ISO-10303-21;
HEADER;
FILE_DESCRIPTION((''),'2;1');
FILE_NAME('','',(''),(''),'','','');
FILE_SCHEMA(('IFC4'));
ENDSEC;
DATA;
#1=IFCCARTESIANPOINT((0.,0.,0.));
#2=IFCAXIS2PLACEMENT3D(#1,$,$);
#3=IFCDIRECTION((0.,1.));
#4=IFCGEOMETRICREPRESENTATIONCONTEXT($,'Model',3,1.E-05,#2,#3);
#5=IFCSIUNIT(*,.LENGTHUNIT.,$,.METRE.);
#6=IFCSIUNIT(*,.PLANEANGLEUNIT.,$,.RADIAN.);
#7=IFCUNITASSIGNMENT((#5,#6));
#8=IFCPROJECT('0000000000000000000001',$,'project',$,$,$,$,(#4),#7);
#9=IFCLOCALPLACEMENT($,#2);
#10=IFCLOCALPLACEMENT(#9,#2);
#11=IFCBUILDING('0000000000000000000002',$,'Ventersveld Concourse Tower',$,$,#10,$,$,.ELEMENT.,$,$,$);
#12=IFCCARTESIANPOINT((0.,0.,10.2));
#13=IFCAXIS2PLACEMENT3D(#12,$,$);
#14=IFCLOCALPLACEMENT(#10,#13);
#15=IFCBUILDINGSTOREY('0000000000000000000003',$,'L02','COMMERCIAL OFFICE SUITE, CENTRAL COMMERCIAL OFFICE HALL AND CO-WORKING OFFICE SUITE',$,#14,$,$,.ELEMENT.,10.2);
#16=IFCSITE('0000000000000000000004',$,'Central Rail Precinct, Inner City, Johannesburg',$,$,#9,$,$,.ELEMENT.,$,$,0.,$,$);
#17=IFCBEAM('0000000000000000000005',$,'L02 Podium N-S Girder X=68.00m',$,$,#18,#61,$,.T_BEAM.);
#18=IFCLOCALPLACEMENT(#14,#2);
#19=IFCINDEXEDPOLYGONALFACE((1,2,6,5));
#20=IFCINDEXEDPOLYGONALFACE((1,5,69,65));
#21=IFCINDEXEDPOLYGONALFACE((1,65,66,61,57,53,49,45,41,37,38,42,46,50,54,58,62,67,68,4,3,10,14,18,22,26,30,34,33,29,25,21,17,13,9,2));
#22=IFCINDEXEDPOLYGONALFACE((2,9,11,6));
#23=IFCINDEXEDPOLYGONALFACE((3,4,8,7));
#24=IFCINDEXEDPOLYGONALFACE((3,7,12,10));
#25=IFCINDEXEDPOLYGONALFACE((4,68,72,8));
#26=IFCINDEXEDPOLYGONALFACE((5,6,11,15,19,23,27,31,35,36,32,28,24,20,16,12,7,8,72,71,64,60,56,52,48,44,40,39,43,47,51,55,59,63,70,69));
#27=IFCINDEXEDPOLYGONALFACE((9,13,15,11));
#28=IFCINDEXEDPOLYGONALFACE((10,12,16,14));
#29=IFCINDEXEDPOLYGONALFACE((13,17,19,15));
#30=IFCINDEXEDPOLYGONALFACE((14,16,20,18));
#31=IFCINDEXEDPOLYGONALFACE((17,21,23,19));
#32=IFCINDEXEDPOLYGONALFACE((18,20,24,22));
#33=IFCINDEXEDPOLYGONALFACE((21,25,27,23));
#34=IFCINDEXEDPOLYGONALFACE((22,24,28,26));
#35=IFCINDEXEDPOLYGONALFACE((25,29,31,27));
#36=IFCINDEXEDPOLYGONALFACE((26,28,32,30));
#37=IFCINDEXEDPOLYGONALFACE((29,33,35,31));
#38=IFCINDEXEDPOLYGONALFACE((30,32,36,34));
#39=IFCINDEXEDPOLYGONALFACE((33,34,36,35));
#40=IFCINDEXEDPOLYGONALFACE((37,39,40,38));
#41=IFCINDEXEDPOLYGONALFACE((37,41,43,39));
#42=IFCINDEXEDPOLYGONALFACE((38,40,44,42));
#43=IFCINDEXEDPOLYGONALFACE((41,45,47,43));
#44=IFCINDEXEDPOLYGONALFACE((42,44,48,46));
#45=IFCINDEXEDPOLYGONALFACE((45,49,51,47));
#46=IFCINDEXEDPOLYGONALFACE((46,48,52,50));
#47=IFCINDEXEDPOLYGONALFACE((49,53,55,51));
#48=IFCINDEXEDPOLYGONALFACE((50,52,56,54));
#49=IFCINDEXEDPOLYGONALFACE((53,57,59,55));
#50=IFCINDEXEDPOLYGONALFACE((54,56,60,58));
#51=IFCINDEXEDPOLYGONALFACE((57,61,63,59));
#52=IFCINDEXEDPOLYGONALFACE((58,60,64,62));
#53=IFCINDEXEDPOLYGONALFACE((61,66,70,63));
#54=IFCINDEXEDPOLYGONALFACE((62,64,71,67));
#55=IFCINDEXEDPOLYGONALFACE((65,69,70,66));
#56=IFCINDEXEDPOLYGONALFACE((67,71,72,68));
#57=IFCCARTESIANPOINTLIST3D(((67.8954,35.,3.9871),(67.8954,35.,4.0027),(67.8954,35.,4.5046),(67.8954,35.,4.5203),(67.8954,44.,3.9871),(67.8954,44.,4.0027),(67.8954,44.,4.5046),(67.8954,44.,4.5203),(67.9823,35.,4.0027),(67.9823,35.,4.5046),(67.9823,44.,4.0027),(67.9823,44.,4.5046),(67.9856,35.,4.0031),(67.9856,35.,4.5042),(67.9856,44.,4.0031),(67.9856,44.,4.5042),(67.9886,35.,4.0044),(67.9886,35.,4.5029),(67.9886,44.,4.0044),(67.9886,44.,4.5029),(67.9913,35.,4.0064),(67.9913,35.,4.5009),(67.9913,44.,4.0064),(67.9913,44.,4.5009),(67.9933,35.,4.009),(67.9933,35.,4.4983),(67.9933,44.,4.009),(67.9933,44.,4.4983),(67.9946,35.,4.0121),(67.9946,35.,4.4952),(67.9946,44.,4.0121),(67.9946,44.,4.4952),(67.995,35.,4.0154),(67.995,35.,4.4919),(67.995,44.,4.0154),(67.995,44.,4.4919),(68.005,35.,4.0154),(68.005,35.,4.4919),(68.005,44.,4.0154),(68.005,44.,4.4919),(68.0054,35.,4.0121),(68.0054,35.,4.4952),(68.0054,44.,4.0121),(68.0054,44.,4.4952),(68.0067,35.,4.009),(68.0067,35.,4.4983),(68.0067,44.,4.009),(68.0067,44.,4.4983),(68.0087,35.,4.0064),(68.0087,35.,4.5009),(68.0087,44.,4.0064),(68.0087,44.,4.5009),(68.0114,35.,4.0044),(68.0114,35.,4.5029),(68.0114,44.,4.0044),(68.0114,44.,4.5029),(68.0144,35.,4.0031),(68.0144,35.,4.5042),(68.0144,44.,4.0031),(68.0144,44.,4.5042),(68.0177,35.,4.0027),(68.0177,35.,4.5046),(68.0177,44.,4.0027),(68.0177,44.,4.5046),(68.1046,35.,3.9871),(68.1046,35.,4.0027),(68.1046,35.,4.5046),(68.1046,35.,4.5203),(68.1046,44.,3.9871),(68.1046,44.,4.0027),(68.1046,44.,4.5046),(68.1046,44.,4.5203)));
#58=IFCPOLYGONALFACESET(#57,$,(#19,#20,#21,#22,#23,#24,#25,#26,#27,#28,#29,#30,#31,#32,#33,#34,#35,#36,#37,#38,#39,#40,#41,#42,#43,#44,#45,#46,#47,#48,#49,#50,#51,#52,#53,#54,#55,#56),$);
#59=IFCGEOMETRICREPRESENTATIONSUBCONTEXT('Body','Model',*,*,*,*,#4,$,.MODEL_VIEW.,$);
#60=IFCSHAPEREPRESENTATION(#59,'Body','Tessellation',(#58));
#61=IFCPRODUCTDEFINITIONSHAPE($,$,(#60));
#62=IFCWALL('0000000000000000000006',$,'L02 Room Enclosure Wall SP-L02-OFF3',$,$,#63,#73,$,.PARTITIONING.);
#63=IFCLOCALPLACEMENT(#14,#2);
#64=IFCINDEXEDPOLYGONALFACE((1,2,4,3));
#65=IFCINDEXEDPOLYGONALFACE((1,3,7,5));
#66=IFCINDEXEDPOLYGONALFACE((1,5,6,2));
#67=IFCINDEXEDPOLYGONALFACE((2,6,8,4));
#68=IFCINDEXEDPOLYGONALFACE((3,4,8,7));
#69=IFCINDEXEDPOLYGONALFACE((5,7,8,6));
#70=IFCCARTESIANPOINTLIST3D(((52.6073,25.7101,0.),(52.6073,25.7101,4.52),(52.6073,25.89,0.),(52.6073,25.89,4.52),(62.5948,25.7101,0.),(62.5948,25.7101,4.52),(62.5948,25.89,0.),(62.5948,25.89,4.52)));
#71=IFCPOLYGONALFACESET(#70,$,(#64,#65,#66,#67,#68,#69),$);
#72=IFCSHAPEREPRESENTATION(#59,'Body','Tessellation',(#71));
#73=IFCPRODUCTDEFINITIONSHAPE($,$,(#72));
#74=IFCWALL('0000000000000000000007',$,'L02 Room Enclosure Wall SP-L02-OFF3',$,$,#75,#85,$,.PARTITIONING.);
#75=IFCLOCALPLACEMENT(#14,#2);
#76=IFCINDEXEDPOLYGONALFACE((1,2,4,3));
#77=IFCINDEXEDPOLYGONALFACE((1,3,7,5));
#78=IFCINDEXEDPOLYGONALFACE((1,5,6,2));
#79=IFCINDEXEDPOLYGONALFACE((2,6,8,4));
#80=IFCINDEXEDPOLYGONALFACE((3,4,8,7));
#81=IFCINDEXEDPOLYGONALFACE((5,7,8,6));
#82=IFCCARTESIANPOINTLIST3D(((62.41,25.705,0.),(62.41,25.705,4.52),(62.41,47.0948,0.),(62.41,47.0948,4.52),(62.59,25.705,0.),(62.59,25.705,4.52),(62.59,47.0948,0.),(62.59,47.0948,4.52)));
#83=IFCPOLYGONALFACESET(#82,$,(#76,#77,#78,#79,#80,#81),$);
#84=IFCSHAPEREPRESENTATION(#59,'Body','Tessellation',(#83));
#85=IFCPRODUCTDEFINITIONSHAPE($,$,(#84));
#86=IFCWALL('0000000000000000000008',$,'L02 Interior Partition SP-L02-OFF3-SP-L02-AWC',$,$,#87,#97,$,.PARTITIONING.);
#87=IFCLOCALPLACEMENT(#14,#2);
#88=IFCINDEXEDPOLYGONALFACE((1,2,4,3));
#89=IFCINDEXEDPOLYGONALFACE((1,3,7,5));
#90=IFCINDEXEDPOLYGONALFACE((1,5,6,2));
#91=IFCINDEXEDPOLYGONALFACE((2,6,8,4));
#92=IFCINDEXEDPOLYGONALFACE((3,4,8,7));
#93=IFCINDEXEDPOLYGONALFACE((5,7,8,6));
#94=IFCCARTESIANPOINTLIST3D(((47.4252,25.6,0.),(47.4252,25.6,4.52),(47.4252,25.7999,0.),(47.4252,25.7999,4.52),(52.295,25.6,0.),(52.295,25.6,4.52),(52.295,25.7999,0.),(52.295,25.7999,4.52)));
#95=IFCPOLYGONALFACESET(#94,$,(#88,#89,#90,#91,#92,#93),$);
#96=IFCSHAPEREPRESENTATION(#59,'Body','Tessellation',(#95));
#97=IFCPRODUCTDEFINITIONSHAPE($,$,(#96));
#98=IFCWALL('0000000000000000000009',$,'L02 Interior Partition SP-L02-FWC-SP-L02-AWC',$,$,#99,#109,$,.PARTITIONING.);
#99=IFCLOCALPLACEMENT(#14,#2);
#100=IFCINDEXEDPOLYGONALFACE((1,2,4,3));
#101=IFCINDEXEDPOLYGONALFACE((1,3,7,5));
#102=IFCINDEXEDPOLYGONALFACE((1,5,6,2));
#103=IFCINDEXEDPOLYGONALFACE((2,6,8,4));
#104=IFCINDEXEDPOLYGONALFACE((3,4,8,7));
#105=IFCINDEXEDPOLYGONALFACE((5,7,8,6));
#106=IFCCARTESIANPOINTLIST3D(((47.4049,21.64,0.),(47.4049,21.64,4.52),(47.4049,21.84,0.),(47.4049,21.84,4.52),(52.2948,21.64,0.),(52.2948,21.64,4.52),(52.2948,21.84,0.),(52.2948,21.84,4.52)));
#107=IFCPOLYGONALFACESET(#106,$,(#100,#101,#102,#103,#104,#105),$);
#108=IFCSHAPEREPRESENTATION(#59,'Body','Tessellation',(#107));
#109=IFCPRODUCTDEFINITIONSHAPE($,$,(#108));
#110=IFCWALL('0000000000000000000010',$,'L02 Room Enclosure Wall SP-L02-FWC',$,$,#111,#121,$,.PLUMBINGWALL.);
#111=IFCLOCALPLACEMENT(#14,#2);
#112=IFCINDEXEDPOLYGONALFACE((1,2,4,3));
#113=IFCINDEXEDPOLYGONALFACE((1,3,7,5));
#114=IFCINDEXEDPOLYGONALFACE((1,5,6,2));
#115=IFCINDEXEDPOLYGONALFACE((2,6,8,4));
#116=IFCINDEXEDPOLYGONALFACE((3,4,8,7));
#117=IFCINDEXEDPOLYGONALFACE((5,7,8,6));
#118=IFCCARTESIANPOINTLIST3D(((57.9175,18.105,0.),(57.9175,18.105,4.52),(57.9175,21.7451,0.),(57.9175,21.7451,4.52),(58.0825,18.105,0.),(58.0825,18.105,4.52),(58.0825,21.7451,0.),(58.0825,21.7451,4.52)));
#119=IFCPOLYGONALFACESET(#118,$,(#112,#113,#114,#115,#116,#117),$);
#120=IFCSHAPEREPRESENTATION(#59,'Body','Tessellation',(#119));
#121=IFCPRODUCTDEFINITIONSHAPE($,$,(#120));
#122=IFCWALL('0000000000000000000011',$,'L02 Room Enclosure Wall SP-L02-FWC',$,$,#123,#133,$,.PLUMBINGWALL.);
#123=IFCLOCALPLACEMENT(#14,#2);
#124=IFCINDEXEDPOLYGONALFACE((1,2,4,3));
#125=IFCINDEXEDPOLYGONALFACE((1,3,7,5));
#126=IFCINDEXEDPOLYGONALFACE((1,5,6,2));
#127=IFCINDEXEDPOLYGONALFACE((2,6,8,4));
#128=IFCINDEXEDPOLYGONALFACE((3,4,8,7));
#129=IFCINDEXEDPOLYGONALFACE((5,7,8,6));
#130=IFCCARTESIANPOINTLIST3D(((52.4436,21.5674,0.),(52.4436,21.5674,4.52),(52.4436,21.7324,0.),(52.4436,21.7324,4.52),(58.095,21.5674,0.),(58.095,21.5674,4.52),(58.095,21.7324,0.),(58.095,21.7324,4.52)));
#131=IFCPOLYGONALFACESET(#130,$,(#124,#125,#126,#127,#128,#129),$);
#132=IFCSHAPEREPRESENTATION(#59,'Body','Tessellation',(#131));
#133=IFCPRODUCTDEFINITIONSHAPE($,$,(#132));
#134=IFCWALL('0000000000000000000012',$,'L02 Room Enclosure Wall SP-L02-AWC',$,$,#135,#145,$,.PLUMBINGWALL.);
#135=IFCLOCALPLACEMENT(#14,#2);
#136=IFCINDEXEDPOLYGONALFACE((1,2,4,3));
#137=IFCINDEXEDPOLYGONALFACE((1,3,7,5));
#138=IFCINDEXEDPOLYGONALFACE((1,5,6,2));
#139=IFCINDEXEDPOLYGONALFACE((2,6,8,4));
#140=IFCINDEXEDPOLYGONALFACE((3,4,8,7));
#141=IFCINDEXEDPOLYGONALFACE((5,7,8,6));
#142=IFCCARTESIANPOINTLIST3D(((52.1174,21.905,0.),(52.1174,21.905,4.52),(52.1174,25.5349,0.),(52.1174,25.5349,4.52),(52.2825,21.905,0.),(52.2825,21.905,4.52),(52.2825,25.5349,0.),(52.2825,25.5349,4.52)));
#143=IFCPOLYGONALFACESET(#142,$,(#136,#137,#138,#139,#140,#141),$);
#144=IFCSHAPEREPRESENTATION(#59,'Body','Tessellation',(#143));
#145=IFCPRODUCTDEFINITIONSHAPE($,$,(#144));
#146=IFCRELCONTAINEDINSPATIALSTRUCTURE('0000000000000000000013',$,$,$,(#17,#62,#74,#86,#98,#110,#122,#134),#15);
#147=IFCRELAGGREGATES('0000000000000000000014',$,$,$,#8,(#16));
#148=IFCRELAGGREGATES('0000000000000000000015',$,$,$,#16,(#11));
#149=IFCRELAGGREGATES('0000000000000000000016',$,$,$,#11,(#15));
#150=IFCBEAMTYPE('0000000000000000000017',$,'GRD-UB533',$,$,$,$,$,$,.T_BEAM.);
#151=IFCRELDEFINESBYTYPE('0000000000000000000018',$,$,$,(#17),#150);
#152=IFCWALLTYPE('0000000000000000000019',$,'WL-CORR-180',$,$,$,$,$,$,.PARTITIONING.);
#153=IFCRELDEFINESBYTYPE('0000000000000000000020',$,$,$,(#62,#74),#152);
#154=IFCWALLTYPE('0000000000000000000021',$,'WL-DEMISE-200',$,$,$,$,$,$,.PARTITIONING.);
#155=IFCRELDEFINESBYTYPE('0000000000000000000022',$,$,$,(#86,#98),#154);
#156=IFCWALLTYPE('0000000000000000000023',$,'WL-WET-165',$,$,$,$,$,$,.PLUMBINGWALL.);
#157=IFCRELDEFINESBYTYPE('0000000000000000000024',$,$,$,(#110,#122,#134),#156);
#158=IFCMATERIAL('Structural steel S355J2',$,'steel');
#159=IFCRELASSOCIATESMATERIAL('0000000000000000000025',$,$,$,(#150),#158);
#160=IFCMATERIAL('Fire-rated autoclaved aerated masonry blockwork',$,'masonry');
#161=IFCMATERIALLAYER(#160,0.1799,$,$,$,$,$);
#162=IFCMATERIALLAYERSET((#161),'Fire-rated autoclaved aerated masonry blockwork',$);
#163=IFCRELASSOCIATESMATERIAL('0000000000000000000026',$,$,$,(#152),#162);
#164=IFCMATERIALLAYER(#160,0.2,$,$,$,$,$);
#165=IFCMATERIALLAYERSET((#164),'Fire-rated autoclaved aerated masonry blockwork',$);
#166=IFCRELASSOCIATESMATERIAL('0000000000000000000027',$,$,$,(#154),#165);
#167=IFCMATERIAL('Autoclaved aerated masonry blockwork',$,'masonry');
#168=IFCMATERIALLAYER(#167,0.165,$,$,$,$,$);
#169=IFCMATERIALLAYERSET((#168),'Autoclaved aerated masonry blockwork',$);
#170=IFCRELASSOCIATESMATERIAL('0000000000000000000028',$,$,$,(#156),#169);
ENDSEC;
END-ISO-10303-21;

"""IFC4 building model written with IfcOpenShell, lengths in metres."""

from ifc_helpers import new_model, si_unit, direction, frame, frame_2d, origin, origin_2d, place, context, subcontext, project, spatial, rectangle, i_section, extrude, material, layer, layer_set, material_profile, profile_set, type_object, element, save


model = new_model("IFC4")

# Units and contexts
model_context = context("Model", 3, precision=1e-05, world=origin(), true_north=direction((0.0, 1.0)))
body_context = subcontext(model_context, "Body", "Model", "MODEL_VIEW")
ifc_project = project(units=[si_unit("LENGTHUNIT", "METRE"), si_unit("PLANEANGLEUNIT", "RADIAN")], contexts=[model_context])

# Site, building, storey
site_placement = place(None, origin())
site = spatial("IfcSite", under=ifc_project, at=site_placement, Name="Central Rail Precinct, Inner City, Johannesburg", CompositionType="ELEMENT", RefElevation=0.0)
building_placement = place(site_placement, origin())
building = spatial("IfcBuilding", under=site, at=building_placement, Name="Ventersveld Concourse Tower", CompositionType="ELEMENT")
storey_placement = place(building_placement, frame((0.0, 0.0, 10.2)))
storey = spatial("IfcBuildingStorey", under=building, at=storey_placement, Name="L02", Description="COMMERCIAL OFFICE SUITE, CENTRAL COMMERCIAL OFFICE HALL AND CO-WORKING OFFICE SUITE", CompositionType="ELEMENT", Elevation=10.2)

# Beam
ifc_material_1 = material(Name="Structural steel S355J2", Category="steel")
ifc_material_profile_1 = material_profile(ifc_material_1, i_section(OverallWidth=0.2092, OverallDepth=0.5332, WebThickness=0.01, FlangeThickness=0.0156, FilletRadius=0.0127, at=origin_2d()), Name="UB 533x210x92")
ifc_profile_set_1 = profile_set([ifc_material_profile_1], Name="Structural steel S355J2")
beam_type_1 = type_object("IfcBeamType", Name="GRD-UB533", PredefinedType="T_BEAM", material=ifc_profile_set_1)
beam_1_placement = place(storey_placement, frame((68.0, 35.0, 4.2537), z_axis=(0.0, 1.0, 0.0), x_axis=(-1.0, 0.0, 0.0)))
element("IfcBeam", 1, at=beam_1_placement, inside=storey, type_object=beam_type_1, Name="L02 Podium N-S Girder X=68.00m", PredefinedType="T_BEAM", context=body_context, shape_type="SweptSolid", body=[
    extrude(i_section(OverallWidth=0.2092, OverallDepth=0.5332, WebThickness=0.01, FlangeThickness=0.0156, FilletRadius=0.0127, at=origin_2d()), origin(), (0.0, 0.0, 1.0), 9.0),
])

# Shared definitions
ifc_material_2 = material(Name="Fire-rated autoclaved aerated masonry blockwork", Category="masonry")
ifc_layer_1 = layer(ifc_material_2, 0.1799)
ifc_layer_set_1 = layer_set([ifc_layer_1], Name="Fire-rated autoclaved aerated masonry blockwork")
wall_type_1 = type_object("IfcWallType", Name="WL-CORR-180", PredefinedType="PARTITIONING", material=ifc_layer_set_1)

# Walls
wall_1_placement = place(storey_placement, frame((52.6074, 25.8, 0.0), z_axis=(0.0, 0.0, 1.0), x_axis=(1.0, 0.0, 0.0)))
element("IfcWall", 2, at=wall_1_placement, inside=storey, type_object=wall_type_1, Name="L02 Room Enclosure Wall SP-L02-OFF3", PredefinedType="PARTITIONING", context=body_context, shape_type="SweptSolid", body=[
    extrude(rectangle(XDim=9.9875, YDim=0.1799, at=frame_2d((4.9937, 0.0))), origin(), (0.0, 0.0, 1.0), 4.52),
])
wall_2_placement = place(storey_placement, frame((62.5, 25.7051, 0.0), z_axis=(0.0, 0.0, 1.0), x_axis=(0.0, 1.0, 0.0)))
element("IfcWall", 3, at=wall_2_placement, inside=storey, type_object=wall_type_1, Name="L02 Room Enclosure Wall SP-L02-OFF3", PredefinedType="PARTITIONING", context=body_context, shape_type="SweptSolid", body=[
    extrude(rectangle(XDim=21.3899, YDim=0.1799, at=frame_2d((10.6948, 0.0))), origin(), (0.0, 0.0, 1.0), 4.52),
])
ifc_layer_2 = layer(ifc_material_2, 0.2)
ifc_layer_set_2 = layer_set([ifc_layer_2], Name="Fire-rated autoclaved aerated masonry blockwork")
wall_type_2 = type_object("IfcWallType", Name="WL-DEMISE-200", PredefinedType="PARTITIONING", material=ifc_layer_set_2)
wall_3_placement = place(storey_placement, frame((47.425, 25.7, 0.0), z_axis=(0.0, 0.0, 1.0), x_axis=(1.0, 0.0, 0.0)))
element("IfcWall", 4, at=wall_3_placement, inside=storey, type_object=wall_type_2, Name="L02 Interior Partition SP-L02-OFF3-SP-L02-AWC", PredefinedType="PARTITIONING", context=body_context, shape_type="SweptSolid", body=[
    extrude(rectangle(XDim=4.8699, YDim=0.2, at=frame_2d((2.4351, 0.0))), origin(), (0.0, 0.0, 1.0), 4.52),
])
wall_4_placement = place(storey_placement, frame((47.405, 21.74, 0.0), z_axis=(0.0, 0.0, 1.0), x_axis=(1.0, 0.0, 0.0)))
element("IfcWall", 5, at=wall_4_placement, inside=storey, type_object=wall_type_2, Name="L02 Interior Partition SP-L02-FWC-SP-L02-AWC", PredefinedType="PARTITIONING", context=body_context, shape_type="SweptSolid", body=[
    extrude(rectangle(XDim=4.8899, YDim=0.2, at=frame_2d((2.4448, 0.0))), origin(), (0.0, 0.0, 1.0), 4.52),
])
ifc_material_3 = material(Name="Autoclaved aerated masonry blockwork", Category="masonry")
ifc_layer_3 = layer(ifc_material_3, 0.165)
ifc_layer_set_3 = layer_set([ifc_layer_3], Name="Autoclaved aerated masonry blockwork")
wall_type_3 = type_object("IfcWallType", Name="WL-WET-165", PredefinedType="PLUMBINGWALL", material=ifc_layer_set_3)
wall_5_placement = place(storey_placement, frame((58.0, 18.105, 0.0), z_axis=(0.0, 0.0, 1.0), x_axis=(0.0, 1.0, 0.0)))
element("IfcWall", 6, at=wall_5_placement, inside=storey, type_object=wall_type_3, Name="L02 Room Enclosure Wall SP-L02-FWC", PredefinedType="PLUMBINGWALL", context=body_context, shape_type="SweptSolid", body=[
    extrude(rectangle(XDim=3.6401, YDim=0.165, at=frame_2d((1.8201, 0.0))), origin(), (0.0, 0.0, 1.0), 4.52),
])
wall_6_placement = place(storey_placement, frame((58.095, 21.6499, 0.0), z_axis=(0.0, 0.0, 1.0), x_axis=(-1.0, 0.0, 0.0)))
element("IfcWall", 7, at=wall_6_placement, inside=storey, type_object=wall_type_3, Name="L02 Room Enclosure Wall SP-L02-FWC", PredefinedType="PLUMBINGWALL", context=body_context, shape_type="SweptSolid", body=[
    extrude(rectangle(XDim=5.6514, YDim=0.165, at=frame_2d((2.8257, 0.0))), origin(), (0.0, 0.0, 1.0), 4.52),
])
wall_7_placement = place(storey_placement, frame((52.2, 21.905, 0.0), z_axis=(0.0, 0.0, 1.0), x_axis=(0.0, 1.0, 0.0)))
element("IfcWall", 8, at=wall_7_placement, inside=storey, type_object=wall_type_3, Name="L02 Room Enclosure Wall SP-L02-AWC", PredefinedType="PLUMBINGWALL", context=body_context, shape_type="SweptSolid", body=[
    extrude(rectangle(XDim=3.6299, YDim=0.165, at=frame_2d((1.8149, 0.0))), origin(), (0.0, 0.0, 1.0), 4.52),
])

save(model, "model.ifc")
